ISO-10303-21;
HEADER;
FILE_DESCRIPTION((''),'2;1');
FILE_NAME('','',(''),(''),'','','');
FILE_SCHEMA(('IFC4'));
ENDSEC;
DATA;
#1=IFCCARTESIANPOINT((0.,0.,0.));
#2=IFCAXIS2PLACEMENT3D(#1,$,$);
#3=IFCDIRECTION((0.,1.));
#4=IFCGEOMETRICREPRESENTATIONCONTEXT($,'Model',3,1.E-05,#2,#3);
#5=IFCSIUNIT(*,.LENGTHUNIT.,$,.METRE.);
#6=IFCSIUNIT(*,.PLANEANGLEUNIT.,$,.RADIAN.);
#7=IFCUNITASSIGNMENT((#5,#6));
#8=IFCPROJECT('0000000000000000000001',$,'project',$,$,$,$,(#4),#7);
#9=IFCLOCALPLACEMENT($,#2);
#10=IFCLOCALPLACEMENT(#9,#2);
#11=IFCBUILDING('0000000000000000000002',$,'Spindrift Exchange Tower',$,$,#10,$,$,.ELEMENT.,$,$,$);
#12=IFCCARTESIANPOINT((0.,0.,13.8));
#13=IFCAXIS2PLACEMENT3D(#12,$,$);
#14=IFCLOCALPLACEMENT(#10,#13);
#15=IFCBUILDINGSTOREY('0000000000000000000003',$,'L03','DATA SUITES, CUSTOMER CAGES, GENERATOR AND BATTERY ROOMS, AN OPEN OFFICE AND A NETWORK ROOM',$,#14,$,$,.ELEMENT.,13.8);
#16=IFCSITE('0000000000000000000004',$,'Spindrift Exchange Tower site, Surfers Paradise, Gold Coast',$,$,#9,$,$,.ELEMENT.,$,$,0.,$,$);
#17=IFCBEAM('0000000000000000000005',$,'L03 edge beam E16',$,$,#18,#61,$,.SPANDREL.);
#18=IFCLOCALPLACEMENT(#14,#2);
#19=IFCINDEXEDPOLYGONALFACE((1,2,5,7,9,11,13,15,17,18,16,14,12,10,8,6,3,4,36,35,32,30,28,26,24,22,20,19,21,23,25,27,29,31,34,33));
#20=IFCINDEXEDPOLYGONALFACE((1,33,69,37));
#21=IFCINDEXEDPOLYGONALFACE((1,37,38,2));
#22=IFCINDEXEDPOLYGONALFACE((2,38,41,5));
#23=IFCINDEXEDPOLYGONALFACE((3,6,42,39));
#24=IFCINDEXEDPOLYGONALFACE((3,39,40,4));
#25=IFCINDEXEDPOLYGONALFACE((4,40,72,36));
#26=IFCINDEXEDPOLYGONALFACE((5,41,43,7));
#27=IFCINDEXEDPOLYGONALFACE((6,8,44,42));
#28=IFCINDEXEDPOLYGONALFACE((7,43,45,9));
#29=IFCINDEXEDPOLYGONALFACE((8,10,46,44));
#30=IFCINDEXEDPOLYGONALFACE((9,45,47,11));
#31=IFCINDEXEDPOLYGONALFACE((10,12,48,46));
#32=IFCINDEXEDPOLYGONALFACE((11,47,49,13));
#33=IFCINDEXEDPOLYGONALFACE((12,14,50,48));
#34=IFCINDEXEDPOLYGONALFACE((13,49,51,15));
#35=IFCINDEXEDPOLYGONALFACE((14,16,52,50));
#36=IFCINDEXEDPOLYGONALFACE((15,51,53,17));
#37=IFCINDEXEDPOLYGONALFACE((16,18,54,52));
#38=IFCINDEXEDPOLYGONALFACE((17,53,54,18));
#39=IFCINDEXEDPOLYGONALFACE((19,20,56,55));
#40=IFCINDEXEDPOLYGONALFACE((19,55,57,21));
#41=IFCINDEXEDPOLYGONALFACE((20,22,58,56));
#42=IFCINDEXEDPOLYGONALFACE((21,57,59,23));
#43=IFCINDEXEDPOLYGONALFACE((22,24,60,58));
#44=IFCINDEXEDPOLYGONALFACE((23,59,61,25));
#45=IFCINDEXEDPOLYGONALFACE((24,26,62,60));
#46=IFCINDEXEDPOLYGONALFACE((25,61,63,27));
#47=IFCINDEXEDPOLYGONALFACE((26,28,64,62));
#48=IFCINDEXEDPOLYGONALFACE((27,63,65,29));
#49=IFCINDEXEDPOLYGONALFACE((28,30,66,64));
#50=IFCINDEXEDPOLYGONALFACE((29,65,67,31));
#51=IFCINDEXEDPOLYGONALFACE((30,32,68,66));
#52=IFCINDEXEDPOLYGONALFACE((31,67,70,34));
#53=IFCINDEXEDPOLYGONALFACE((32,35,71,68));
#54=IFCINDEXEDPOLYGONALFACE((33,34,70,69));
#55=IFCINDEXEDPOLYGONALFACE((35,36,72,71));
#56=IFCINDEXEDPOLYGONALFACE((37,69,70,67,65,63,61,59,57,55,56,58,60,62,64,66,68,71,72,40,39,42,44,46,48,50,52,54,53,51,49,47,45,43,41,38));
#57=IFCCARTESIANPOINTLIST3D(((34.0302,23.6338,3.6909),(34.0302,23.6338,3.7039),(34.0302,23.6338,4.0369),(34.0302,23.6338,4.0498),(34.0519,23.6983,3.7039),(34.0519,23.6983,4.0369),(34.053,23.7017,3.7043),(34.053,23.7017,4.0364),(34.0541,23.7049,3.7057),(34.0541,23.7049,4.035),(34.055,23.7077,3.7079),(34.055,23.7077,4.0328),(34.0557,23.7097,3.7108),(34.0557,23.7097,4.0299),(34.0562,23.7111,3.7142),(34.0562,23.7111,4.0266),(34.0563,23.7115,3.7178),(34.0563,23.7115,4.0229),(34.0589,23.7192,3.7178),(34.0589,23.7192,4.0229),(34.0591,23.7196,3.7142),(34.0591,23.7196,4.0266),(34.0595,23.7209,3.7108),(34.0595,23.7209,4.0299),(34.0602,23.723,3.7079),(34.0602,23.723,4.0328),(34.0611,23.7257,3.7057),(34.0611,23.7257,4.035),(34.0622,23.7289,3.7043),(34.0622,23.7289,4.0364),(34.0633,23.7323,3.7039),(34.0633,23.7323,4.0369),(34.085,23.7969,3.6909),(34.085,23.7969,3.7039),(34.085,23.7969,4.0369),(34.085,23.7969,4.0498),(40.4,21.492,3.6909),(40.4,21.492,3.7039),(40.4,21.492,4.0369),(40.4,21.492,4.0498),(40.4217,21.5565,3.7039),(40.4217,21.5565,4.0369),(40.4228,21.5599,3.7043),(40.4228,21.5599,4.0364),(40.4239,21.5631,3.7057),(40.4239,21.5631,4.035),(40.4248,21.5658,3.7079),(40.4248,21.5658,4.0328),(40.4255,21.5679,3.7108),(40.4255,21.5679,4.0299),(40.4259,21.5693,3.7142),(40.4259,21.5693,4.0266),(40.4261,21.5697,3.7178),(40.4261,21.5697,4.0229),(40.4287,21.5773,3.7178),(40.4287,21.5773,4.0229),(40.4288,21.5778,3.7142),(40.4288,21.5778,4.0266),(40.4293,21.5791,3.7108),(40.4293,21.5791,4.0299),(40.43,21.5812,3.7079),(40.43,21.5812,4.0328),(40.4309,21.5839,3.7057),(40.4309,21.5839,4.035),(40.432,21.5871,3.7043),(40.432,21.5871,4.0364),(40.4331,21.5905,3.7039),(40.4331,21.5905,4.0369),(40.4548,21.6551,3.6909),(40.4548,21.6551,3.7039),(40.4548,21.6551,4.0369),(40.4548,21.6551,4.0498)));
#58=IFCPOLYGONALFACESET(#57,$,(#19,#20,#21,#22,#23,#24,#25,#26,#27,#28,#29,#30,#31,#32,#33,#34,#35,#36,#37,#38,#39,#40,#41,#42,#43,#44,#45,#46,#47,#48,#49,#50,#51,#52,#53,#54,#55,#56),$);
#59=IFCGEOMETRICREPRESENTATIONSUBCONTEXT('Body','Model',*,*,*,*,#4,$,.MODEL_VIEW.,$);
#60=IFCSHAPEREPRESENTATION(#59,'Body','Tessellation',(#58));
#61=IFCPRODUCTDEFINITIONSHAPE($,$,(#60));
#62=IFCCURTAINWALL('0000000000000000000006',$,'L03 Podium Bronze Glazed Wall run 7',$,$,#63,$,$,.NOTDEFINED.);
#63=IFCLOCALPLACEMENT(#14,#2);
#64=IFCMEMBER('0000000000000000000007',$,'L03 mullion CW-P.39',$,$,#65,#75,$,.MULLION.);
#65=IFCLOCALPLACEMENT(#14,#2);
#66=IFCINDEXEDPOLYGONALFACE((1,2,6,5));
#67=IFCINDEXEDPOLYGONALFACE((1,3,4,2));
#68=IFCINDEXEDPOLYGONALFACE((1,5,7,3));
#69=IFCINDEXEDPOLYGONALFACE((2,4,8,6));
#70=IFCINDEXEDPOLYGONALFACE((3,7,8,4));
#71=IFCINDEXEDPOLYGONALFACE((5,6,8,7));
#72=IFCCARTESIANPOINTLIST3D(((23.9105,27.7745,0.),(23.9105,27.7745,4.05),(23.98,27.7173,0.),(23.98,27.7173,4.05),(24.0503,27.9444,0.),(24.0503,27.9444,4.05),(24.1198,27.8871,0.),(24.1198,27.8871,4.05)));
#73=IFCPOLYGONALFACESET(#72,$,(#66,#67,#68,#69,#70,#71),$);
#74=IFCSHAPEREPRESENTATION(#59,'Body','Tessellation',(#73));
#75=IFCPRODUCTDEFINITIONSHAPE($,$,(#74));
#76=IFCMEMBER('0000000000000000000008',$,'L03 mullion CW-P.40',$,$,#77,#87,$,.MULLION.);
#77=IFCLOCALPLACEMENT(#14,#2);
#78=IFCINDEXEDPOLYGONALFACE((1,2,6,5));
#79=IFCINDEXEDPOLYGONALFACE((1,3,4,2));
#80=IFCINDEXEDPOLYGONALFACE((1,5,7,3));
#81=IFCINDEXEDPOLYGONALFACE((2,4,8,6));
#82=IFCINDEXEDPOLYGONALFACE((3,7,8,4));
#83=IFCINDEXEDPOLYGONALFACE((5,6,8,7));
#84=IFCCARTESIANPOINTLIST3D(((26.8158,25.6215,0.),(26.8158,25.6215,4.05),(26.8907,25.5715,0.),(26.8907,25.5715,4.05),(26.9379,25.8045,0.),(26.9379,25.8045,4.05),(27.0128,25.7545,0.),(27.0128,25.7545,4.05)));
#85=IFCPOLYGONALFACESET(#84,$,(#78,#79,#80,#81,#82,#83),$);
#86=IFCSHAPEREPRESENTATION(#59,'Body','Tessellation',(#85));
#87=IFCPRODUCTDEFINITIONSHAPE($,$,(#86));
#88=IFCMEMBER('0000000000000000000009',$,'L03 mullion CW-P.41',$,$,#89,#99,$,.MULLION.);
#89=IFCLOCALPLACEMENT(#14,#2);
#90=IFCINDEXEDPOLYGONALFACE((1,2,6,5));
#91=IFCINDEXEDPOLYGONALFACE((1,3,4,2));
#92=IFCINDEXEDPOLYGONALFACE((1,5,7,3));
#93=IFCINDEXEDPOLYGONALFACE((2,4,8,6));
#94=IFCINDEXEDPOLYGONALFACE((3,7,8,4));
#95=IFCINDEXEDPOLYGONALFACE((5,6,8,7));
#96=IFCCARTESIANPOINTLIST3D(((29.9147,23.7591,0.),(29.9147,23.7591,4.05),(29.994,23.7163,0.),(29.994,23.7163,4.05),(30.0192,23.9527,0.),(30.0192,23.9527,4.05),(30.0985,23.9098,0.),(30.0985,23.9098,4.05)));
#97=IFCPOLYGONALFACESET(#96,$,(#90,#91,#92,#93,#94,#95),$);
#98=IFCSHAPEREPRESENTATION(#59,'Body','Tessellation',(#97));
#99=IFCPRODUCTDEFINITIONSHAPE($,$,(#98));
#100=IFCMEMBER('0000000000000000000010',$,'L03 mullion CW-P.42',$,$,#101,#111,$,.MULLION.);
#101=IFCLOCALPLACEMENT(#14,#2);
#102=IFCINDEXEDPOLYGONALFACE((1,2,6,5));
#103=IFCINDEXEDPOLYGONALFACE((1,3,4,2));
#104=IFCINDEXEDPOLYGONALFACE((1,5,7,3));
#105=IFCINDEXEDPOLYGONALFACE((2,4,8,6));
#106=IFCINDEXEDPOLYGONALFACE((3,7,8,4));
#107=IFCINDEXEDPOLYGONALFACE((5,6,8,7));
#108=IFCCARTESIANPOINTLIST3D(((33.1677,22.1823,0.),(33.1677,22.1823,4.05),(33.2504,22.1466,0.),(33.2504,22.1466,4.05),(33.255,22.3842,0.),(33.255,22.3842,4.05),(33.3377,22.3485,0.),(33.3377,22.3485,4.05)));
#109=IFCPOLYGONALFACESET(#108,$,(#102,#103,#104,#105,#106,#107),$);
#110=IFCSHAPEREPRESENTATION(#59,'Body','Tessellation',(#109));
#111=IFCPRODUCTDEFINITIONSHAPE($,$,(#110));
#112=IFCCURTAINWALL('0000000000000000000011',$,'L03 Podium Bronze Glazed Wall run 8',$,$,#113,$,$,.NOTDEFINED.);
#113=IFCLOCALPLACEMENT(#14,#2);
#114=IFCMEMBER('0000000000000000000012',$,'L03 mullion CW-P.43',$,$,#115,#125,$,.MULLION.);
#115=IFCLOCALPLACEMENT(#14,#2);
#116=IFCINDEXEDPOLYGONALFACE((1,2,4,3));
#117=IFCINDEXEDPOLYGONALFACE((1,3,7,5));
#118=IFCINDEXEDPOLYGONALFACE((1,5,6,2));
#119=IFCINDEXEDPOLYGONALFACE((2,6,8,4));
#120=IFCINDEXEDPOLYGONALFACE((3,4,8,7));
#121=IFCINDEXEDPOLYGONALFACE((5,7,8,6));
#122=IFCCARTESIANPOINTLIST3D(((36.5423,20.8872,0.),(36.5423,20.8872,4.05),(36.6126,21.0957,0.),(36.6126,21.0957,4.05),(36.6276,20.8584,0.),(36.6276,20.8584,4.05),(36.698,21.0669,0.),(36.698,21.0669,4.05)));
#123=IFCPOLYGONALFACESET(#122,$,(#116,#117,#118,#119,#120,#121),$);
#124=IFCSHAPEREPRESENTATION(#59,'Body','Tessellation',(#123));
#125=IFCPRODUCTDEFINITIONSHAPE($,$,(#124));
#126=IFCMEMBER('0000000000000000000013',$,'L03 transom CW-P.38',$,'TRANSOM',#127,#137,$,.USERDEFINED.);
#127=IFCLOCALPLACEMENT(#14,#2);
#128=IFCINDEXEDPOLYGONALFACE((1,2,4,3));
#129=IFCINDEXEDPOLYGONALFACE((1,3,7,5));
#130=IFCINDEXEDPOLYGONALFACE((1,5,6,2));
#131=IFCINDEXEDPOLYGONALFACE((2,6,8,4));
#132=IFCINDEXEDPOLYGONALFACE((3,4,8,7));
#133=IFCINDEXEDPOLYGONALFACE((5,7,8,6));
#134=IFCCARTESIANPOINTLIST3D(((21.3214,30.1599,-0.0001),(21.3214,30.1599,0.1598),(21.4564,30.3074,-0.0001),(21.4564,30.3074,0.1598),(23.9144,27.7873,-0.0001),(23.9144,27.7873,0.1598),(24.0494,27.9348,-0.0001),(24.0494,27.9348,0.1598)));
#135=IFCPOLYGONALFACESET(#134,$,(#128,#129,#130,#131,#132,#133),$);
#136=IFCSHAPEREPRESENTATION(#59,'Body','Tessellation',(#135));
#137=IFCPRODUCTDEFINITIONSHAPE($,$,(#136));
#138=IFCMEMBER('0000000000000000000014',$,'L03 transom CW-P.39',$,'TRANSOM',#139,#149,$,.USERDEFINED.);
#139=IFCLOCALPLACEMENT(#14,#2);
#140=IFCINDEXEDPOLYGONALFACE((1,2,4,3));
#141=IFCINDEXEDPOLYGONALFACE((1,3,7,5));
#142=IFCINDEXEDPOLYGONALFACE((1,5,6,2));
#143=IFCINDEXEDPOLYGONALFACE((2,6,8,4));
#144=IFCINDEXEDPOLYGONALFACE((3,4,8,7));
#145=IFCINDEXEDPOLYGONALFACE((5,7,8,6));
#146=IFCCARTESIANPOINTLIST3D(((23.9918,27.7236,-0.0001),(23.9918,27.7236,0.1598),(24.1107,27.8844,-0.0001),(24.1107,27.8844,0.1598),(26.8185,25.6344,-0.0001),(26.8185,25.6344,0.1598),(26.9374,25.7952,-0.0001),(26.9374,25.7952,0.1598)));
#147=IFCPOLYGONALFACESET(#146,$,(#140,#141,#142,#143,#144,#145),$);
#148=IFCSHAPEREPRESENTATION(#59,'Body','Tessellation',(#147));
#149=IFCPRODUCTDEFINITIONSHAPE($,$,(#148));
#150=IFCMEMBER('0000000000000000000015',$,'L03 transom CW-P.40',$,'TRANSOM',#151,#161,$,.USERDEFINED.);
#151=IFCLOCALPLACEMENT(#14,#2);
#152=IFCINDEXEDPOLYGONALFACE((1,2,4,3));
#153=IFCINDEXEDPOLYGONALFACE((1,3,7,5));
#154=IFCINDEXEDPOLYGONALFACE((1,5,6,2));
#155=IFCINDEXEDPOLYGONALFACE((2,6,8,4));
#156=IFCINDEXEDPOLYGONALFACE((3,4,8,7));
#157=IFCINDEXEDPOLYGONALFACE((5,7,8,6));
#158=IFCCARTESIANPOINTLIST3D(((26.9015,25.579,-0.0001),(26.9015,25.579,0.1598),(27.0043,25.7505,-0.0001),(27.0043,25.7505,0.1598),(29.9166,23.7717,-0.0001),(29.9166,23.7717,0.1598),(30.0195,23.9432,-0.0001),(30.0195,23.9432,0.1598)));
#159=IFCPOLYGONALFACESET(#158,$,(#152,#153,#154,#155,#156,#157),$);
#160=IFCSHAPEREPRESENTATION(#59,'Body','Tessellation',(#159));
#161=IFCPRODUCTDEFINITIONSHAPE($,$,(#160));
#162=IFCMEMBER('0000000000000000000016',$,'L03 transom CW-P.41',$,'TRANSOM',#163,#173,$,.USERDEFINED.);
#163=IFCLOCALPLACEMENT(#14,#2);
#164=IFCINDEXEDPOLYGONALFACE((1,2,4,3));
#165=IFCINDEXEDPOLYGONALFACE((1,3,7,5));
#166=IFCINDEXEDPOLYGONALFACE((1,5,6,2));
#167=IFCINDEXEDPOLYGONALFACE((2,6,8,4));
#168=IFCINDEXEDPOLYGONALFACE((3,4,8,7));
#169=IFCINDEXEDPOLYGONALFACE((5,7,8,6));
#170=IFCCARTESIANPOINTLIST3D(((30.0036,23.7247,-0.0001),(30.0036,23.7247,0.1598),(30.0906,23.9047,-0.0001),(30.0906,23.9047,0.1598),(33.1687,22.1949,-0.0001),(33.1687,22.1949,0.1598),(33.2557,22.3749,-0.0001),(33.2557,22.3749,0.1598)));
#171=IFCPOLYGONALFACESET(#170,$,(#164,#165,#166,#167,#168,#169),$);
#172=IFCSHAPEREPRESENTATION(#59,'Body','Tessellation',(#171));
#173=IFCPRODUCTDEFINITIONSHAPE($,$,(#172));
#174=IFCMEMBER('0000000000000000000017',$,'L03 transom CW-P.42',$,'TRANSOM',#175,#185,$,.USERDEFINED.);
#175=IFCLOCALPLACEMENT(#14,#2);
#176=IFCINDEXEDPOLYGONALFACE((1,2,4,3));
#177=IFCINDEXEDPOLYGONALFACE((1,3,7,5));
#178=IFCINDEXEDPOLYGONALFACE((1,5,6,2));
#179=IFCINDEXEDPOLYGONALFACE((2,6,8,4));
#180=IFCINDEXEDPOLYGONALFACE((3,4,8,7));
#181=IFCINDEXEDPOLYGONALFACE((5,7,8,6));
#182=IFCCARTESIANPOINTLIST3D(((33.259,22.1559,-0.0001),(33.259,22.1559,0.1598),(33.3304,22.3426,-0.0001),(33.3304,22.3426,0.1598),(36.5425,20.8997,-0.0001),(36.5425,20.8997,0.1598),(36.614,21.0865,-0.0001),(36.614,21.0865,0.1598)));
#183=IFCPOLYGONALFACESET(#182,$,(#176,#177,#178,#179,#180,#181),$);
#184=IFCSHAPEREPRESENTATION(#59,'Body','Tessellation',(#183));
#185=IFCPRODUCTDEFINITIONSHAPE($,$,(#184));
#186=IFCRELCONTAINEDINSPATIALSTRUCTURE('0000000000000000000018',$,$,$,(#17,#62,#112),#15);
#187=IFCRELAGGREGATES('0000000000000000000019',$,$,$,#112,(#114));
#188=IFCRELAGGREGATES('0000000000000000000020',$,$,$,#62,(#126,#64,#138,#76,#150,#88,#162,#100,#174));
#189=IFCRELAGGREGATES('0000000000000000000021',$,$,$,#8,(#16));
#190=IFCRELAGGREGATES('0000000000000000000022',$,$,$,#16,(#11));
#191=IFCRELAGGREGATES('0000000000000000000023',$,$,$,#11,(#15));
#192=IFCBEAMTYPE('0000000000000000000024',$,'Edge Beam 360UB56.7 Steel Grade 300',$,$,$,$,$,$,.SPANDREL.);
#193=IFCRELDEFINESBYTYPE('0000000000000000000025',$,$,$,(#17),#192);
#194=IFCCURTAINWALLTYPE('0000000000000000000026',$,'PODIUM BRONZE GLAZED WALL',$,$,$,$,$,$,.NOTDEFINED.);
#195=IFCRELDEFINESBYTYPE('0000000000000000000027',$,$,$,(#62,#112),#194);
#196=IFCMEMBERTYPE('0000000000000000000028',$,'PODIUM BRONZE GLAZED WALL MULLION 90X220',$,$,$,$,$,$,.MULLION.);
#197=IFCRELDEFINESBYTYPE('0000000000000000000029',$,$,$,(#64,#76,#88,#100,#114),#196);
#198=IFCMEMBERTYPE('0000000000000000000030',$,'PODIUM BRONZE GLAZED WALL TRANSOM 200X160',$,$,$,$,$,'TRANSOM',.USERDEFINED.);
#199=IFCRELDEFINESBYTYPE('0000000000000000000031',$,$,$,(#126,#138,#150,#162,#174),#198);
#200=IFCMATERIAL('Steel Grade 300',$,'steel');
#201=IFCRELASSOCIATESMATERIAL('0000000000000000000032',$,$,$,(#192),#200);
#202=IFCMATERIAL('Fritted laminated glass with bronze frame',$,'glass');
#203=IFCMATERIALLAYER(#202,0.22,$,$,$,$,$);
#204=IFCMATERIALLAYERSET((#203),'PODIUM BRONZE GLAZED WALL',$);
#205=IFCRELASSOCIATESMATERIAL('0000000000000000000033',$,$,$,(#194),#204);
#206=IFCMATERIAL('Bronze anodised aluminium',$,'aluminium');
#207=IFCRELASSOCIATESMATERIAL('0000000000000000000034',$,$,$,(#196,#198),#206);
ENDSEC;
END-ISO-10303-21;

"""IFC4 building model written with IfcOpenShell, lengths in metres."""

from ifc_helpers import new_model, si_unit, direction, frame, origin, origin_2d, place, context, subcontext, project, spatial, rectangle, i_section, extrude, source, transform, mapped, material, layer, layer_set, material_profile, profile_set, type_object, element, aggregate, save


model = new_model("IFC4")

# Units and contexts
model_context = context("Model", 3, precision=1e-05, world=origin(), true_north=direction((0.0, 1.0)))
body_context = subcontext(model_context, "Body", "Model", "MODEL_VIEW")
ifc_project = project(units=[si_unit("LENGTHUNIT", "METRE"), si_unit("PLANEANGLEUNIT", "RADIAN")], contexts=[model_context])

# Site, building, storey
site_placement = place(None, origin())
site = spatial("IfcSite", under=ifc_project, at=site_placement, Name="Spindrift Exchange Tower site, Surfers Paradise, Gold Coast", CompositionType="ELEMENT", RefElevation=0.0)
building_placement = place(site_placement, origin())
building = spatial("IfcBuilding", under=site, at=building_placement, Name="Spindrift Exchange Tower", CompositionType="ELEMENT")
storey_placement = place(building_placement, frame((0.0, 0.0, 13.8)))
storey = spatial("IfcBuildingStorey", under=building, at=storey_placement, Name="L03", Description="DATA SUITES, CUSTOMER CAGES, GENERATOR AND BATTERY ROOMS, AN OPEN OFFICE AND A NETWORK ROOM", CompositionType="ELEMENT", Elevation=13.8)

# Beam
ifc_material_1 = material(Name="Steel Grade 300", Category="steel")
ifc_material_profile_1 = material_profile(ifc_material_1, i_section(OverallWidth=0.1721, OverallDepth=0.3589, WebThickness=0.0081, FlangeThickness=0.0129, FilletRadius=0.0139, at=origin_2d()), Name="360UB56.7")
ifc_profile_set_1 = profile_set([ifc_material_profile_1], Name="Steel Grade 300")
beam_type = type_object("IfcBeamType", Name="Edge Beam 360UB56.7 Steel Grade 300", PredefinedType="SPANDREL", material=ifc_profile_set_1)
shared_shape_1 = source(origin(), body_context, "Body", "SweptSolid", [
    extrude(i_section(OverallWidth=0.1721, OverallDepth=0.3589, WebThickness=0.0081, FlangeThickness=0.0129, FilletRadius=0.0139, at=origin_2d()), origin(), (0.0, 0.0, 1.0), 6.7202),
])
beam_1_placement = place(storey_placement, frame((34.0576, 23.7153, 3.8704), z_axis=(0.947852, -0.318712, 0.0), x_axis=(0.318712, 0.947852, 0.0)))
element("IfcBeam", 1, at=beam_1_placement, inside=storey, type_object=beam_type, Name="L03 edge beam E16", PredefinedType="SPANDREL", context=body_context, shape_type="MappedRepresentation", body=[
    mapped(shared_shape_1, transform((0.0, 0.0, 0.0), scale=1.0)),
])

# Curtain wall, members
ifc_material_2 = material(Name="Fritted laminated glass with bronze frame", Category="glass")
ifc_layer_1 = layer(ifc_material_2, 0.22)
ifc_layer_set_1 = layer_set([ifc_layer_1], Name="PODIUM BRONZE GLAZED WALL")
curtain_wall_type = type_object("IfcCurtainWallType", Name="PODIUM BRONZE GLAZED WALL", PredefinedType="NOTDEFINED", material=ifc_layer_set_1)
curtain_wall_1_placement = place(storey_placement, origin())
curtain_wall_1 = element("IfcCurtainWall", 2, at=curtain_wall_1_placement, inside=storey, type_object=curtain_wall_type, Name="L03 Podium Bronze Glazed Wall run 7", PredefinedType="NOTDEFINED")
ifc_material_3 = material(Name="Bronze anodised aluminium", Category="aluminium")
ifc_material_profile_2 = material_profile(ifc_material_3, rectangle(XDim=0.0901, YDim=0.22, at=origin_2d()), Name="PODIUM BRONZE GLAZED WALL MULLION 90X220")
ifc_profile_set_2 = profile_set([ifc_material_profile_2], Name="Bronze anodised aluminium")
member_type_1 = type_object("IfcMemberType", Name="PODIUM BRONZE GLAZED WALL MULLION 90X220", PredefinedType="MULLION", material=ifc_profile_set_2)
shared_shape_2 = source(origin(), body_context, "Body", "SweptSolid", [
    extrude(rectangle(XDim=0.0901, YDim=0.22, at=origin_2d()), origin(), (0.0, 0.0, 1.0), 4.05),
])
member_1_placement = place(storey_placement, frame((24.0151, 27.8308, 0.0), z_axis=(0.0, 0.0, 1.0), x_axis=(0.772036, -0.635578, 0.0)))
member_1 = element("IfcMember", 3, at=member_1_placement, type_object=member_type_1, Name="L03 mullion CW-P.39", PredefinedType="MULLION", context=body_context, shape_type="MappedRepresentation", body=[
    mapped(shared_shape_2, transform((0.0, 0.0, 0.0), scale=1.0)),
])
member_2_placement = place(storey_placement, frame((26.9143, 25.688, 0.0), z_axis=(0.0, 0.0, 1.0), x_axis=(0.831908, -0.554913, 0.0)))
member_2 = element("IfcMember", 4, at=member_2_placement, type_object=member_type_1, Name="L03 mullion CW-P.40", PredefinedType="MULLION", context=body_context, shape_type="MappedRepresentation", body=[
    mapped(shared_shape_2, transform((0.0, 0.0, 0.0), scale=1.0)),
])
member_3_placement = place(storey_placement, frame((30.0066, 23.8345, 0.0), z_axis=(0.0, 0.0, 1.0), x_axis=(0.879913, -0.475135, 0.0)))
member_3 = element("IfcMember", 5, at=member_3_placement, type_object=member_type_1, Name="L03 mullion CW-P.41", PredefinedType="MULLION", context=body_context, shape_type="MappedRepresentation", body=[
    mapped(shared_shape_2, transform((0.0, 0.0, 0.0), scale=1.0)),
])
member_4_placement = place(storey_placement, frame((33.2527, 22.2654, 0.0), z_axis=(0.0, 0.0, 1.0), x_axis=(0.91799, -0.396604, 0.0)))
member_4 = element("IfcMember", 6, at=member_4_placement, type_object=member_type_1, Name="L03 mullion CW-P.42", PredefinedType="MULLION", context=body_context, shape_type="MappedRepresentation", body=[
    mapped(shared_shape_2, transform((0.0, 0.0, 0.0), scale=1.0)),
])

# Curtain wall, member
curtain_wall_2_placement = place(storey_placement, origin())
curtain_wall_2 = element("IfcCurtainWall", 7, at=curtain_wall_2_placement, inside=storey, type_object=curtain_wall_type, Name="L03 Podium Bronze Glazed Wall run 8", PredefinedType="NOTDEFINED")
member_5_placement = place(storey_placement, frame((36.6201, 20.9771, 0.0), z_axis=(0.0, 0.0, 1.0), x_axis=(0.947494, -0.319774, 0.0)))
member_5 = element("IfcMember", 8, at=member_5_placement, type_object=member_type_1, Name="L03 mullion CW-P.43", PredefinedType="MULLION", context=body_context, shape_type="MappedRepresentation", body=[
    mapped(shared_shape_2, transform((0.0, 0.0, 0.0), scale=1.0)),
])

# Members
ifc_material_profile_3 = material_profile(ifc_material_3, rectangle(XDim=0.2, YDim=0.1599, at=origin_2d()), Name="PODIUM BRONZE GLAZED WALL TRANSOM 200X160")
ifc_profile_set_3 = profile_set([ifc_material_profile_3], Name="Bronze anodised aluminium")
member_type_2 = type_object("IfcMemberType", Name="PODIUM BRONZE GLAZED WALL TRANSOM 200X160", ElementType="TRANSOM", PredefinedType="USERDEFINED", material=ifc_profile_set_3)
shared_shape_3 = source(origin(), body_context, "Body", "SweptSolid", [
    extrude(rectangle(XDim=0.2, YDim=0.1599, at=origin_2d()), origin(), (0.0, 0.0, 1.0), 3.5146),
])
member_6_placement = place(storey_placement, frame((21.3889, 30.2336, 0.0798), z_axis=(0.737774, -0.675048, 0.0), x_axis=(0.675048, 0.737774, 0.0)))
member_6 = element("IfcMember", 9, at=member_6_placement, type_object=member_type_2, Name="L03 transom CW-P.38", ObjectType="TRANSOM", PredefinedType="USERDEFINED", context=body_context, shape_type="MappedRepresentation", body=[
    mapped(shared_shape_3, transform((0.0, 0.0, 0.0), scale=1.0)),
])
shared_shape_4 = source(origin(), body_context, "Body", "SweptSolid", [
    extrude(rectangle(XDim=0.2, YDim=0.1599, at=origin_2d()), origin(), (0.0, 0.0, 1.0), 3.5149),
])
member_7_placement = place(storey_placement, frame((24.0513, 27.804, 0.0798), z_axis=(0.804198, -0.594362, 0.0), x_axis=(0.594362, 0.804198, 0.0)))
member_7 = element("IfcMember", 10, at=member_7_placement, type_object=member_type_2, Name="L03 transom CW-P.39", ObjectType="TRANSOM", PredefinedType="USERDEFINED", context=body_context, shape_type="MappedRepresentation", body=[
    mapped(shared_shape_4, transform((0.0, 0.0, 0.0), scale=1.0)),
])
shared_shape_5 = source(origin(), body_context, "Body", "SweptSolid", [
    extrude(rectangle(XDim=0.2, YDim=0.1599, at=origin_2d()), origin(), (0.0, 0.0, 1.0), 3.5154),
])
member_8_placement = place(storey_placement, frame((26.9529, 25.6648, 0.0798), z_axis=(0.857707, -0.514138, 0.0), x_axis=(0.514138, 0.857707, 0.0)))
member_8 = element("IfcMember", 11, at=member_8_placement, type_object=member_type_2, Name="L03 transom CW-P.40", ObjectType="TRANSOM", PredefinedType="USERDEFINED", context=body_context, shape_type="MappedRepresentation", body=[
    mapped(shared_shape_5, transform((0.0, 0.0, 0.0), scale=1.0)),
])
member_9_placement = place(storey_placement, frame((30.0471, 23.8147, 0.0798), z_axis=(0.900347, -0.435172, 0.0), x_axis=(0.435172, 0.900347, 0.0)))
member_9 = element("IfcMember", 12, at=member_9_placement, type_object=member_type_2, Name="L03 transom CW-P.41", ObjectType="TRANSOM", PredefinedType="USERDEFINED", context=body_context, shape_type="MappedRepresentation", body=[
    mapped(shared_shape_5, transform((0.0, 0.0, 0.0), scale=1.0)),
])
shared_shape_6 = source(origin(), body_context, "Body", "SweptSolid", [
    extrude(rectangle(XDim=0.2, YDim=0.1599, at=origin_2d()), origin(), (0.0, 0.0, 1.0), 3.5156),
])
member_10_placement = place(storey_placement, frame((33.2947, 22.2493, 0.0798), z_axis=(0.933988, -0.357303, 0.0), x_axis=(0.357303, 0.933988, 0.0)))
member_10 = element("IfcMember", 13, at=member_10_placement, type_object=member_type_2, Name="L03 transom CW-P.42", ObjectType="TRANSOM", PredefinedType="USERDEFINED", context=body_context, shape_type="MappedRepresentation", body=[
    mapped(shared_shape_6, transform((0.0, 0.0, 0.0), scale=1.0)),
])

aggregate(curtain_wall_2, [member_5])
aggregate(curtain_wall_1, [member_6, member_1, member_7, member_2, member_8, member_3, member_9, member_4, member_10])

save(model, "model.ifc")
